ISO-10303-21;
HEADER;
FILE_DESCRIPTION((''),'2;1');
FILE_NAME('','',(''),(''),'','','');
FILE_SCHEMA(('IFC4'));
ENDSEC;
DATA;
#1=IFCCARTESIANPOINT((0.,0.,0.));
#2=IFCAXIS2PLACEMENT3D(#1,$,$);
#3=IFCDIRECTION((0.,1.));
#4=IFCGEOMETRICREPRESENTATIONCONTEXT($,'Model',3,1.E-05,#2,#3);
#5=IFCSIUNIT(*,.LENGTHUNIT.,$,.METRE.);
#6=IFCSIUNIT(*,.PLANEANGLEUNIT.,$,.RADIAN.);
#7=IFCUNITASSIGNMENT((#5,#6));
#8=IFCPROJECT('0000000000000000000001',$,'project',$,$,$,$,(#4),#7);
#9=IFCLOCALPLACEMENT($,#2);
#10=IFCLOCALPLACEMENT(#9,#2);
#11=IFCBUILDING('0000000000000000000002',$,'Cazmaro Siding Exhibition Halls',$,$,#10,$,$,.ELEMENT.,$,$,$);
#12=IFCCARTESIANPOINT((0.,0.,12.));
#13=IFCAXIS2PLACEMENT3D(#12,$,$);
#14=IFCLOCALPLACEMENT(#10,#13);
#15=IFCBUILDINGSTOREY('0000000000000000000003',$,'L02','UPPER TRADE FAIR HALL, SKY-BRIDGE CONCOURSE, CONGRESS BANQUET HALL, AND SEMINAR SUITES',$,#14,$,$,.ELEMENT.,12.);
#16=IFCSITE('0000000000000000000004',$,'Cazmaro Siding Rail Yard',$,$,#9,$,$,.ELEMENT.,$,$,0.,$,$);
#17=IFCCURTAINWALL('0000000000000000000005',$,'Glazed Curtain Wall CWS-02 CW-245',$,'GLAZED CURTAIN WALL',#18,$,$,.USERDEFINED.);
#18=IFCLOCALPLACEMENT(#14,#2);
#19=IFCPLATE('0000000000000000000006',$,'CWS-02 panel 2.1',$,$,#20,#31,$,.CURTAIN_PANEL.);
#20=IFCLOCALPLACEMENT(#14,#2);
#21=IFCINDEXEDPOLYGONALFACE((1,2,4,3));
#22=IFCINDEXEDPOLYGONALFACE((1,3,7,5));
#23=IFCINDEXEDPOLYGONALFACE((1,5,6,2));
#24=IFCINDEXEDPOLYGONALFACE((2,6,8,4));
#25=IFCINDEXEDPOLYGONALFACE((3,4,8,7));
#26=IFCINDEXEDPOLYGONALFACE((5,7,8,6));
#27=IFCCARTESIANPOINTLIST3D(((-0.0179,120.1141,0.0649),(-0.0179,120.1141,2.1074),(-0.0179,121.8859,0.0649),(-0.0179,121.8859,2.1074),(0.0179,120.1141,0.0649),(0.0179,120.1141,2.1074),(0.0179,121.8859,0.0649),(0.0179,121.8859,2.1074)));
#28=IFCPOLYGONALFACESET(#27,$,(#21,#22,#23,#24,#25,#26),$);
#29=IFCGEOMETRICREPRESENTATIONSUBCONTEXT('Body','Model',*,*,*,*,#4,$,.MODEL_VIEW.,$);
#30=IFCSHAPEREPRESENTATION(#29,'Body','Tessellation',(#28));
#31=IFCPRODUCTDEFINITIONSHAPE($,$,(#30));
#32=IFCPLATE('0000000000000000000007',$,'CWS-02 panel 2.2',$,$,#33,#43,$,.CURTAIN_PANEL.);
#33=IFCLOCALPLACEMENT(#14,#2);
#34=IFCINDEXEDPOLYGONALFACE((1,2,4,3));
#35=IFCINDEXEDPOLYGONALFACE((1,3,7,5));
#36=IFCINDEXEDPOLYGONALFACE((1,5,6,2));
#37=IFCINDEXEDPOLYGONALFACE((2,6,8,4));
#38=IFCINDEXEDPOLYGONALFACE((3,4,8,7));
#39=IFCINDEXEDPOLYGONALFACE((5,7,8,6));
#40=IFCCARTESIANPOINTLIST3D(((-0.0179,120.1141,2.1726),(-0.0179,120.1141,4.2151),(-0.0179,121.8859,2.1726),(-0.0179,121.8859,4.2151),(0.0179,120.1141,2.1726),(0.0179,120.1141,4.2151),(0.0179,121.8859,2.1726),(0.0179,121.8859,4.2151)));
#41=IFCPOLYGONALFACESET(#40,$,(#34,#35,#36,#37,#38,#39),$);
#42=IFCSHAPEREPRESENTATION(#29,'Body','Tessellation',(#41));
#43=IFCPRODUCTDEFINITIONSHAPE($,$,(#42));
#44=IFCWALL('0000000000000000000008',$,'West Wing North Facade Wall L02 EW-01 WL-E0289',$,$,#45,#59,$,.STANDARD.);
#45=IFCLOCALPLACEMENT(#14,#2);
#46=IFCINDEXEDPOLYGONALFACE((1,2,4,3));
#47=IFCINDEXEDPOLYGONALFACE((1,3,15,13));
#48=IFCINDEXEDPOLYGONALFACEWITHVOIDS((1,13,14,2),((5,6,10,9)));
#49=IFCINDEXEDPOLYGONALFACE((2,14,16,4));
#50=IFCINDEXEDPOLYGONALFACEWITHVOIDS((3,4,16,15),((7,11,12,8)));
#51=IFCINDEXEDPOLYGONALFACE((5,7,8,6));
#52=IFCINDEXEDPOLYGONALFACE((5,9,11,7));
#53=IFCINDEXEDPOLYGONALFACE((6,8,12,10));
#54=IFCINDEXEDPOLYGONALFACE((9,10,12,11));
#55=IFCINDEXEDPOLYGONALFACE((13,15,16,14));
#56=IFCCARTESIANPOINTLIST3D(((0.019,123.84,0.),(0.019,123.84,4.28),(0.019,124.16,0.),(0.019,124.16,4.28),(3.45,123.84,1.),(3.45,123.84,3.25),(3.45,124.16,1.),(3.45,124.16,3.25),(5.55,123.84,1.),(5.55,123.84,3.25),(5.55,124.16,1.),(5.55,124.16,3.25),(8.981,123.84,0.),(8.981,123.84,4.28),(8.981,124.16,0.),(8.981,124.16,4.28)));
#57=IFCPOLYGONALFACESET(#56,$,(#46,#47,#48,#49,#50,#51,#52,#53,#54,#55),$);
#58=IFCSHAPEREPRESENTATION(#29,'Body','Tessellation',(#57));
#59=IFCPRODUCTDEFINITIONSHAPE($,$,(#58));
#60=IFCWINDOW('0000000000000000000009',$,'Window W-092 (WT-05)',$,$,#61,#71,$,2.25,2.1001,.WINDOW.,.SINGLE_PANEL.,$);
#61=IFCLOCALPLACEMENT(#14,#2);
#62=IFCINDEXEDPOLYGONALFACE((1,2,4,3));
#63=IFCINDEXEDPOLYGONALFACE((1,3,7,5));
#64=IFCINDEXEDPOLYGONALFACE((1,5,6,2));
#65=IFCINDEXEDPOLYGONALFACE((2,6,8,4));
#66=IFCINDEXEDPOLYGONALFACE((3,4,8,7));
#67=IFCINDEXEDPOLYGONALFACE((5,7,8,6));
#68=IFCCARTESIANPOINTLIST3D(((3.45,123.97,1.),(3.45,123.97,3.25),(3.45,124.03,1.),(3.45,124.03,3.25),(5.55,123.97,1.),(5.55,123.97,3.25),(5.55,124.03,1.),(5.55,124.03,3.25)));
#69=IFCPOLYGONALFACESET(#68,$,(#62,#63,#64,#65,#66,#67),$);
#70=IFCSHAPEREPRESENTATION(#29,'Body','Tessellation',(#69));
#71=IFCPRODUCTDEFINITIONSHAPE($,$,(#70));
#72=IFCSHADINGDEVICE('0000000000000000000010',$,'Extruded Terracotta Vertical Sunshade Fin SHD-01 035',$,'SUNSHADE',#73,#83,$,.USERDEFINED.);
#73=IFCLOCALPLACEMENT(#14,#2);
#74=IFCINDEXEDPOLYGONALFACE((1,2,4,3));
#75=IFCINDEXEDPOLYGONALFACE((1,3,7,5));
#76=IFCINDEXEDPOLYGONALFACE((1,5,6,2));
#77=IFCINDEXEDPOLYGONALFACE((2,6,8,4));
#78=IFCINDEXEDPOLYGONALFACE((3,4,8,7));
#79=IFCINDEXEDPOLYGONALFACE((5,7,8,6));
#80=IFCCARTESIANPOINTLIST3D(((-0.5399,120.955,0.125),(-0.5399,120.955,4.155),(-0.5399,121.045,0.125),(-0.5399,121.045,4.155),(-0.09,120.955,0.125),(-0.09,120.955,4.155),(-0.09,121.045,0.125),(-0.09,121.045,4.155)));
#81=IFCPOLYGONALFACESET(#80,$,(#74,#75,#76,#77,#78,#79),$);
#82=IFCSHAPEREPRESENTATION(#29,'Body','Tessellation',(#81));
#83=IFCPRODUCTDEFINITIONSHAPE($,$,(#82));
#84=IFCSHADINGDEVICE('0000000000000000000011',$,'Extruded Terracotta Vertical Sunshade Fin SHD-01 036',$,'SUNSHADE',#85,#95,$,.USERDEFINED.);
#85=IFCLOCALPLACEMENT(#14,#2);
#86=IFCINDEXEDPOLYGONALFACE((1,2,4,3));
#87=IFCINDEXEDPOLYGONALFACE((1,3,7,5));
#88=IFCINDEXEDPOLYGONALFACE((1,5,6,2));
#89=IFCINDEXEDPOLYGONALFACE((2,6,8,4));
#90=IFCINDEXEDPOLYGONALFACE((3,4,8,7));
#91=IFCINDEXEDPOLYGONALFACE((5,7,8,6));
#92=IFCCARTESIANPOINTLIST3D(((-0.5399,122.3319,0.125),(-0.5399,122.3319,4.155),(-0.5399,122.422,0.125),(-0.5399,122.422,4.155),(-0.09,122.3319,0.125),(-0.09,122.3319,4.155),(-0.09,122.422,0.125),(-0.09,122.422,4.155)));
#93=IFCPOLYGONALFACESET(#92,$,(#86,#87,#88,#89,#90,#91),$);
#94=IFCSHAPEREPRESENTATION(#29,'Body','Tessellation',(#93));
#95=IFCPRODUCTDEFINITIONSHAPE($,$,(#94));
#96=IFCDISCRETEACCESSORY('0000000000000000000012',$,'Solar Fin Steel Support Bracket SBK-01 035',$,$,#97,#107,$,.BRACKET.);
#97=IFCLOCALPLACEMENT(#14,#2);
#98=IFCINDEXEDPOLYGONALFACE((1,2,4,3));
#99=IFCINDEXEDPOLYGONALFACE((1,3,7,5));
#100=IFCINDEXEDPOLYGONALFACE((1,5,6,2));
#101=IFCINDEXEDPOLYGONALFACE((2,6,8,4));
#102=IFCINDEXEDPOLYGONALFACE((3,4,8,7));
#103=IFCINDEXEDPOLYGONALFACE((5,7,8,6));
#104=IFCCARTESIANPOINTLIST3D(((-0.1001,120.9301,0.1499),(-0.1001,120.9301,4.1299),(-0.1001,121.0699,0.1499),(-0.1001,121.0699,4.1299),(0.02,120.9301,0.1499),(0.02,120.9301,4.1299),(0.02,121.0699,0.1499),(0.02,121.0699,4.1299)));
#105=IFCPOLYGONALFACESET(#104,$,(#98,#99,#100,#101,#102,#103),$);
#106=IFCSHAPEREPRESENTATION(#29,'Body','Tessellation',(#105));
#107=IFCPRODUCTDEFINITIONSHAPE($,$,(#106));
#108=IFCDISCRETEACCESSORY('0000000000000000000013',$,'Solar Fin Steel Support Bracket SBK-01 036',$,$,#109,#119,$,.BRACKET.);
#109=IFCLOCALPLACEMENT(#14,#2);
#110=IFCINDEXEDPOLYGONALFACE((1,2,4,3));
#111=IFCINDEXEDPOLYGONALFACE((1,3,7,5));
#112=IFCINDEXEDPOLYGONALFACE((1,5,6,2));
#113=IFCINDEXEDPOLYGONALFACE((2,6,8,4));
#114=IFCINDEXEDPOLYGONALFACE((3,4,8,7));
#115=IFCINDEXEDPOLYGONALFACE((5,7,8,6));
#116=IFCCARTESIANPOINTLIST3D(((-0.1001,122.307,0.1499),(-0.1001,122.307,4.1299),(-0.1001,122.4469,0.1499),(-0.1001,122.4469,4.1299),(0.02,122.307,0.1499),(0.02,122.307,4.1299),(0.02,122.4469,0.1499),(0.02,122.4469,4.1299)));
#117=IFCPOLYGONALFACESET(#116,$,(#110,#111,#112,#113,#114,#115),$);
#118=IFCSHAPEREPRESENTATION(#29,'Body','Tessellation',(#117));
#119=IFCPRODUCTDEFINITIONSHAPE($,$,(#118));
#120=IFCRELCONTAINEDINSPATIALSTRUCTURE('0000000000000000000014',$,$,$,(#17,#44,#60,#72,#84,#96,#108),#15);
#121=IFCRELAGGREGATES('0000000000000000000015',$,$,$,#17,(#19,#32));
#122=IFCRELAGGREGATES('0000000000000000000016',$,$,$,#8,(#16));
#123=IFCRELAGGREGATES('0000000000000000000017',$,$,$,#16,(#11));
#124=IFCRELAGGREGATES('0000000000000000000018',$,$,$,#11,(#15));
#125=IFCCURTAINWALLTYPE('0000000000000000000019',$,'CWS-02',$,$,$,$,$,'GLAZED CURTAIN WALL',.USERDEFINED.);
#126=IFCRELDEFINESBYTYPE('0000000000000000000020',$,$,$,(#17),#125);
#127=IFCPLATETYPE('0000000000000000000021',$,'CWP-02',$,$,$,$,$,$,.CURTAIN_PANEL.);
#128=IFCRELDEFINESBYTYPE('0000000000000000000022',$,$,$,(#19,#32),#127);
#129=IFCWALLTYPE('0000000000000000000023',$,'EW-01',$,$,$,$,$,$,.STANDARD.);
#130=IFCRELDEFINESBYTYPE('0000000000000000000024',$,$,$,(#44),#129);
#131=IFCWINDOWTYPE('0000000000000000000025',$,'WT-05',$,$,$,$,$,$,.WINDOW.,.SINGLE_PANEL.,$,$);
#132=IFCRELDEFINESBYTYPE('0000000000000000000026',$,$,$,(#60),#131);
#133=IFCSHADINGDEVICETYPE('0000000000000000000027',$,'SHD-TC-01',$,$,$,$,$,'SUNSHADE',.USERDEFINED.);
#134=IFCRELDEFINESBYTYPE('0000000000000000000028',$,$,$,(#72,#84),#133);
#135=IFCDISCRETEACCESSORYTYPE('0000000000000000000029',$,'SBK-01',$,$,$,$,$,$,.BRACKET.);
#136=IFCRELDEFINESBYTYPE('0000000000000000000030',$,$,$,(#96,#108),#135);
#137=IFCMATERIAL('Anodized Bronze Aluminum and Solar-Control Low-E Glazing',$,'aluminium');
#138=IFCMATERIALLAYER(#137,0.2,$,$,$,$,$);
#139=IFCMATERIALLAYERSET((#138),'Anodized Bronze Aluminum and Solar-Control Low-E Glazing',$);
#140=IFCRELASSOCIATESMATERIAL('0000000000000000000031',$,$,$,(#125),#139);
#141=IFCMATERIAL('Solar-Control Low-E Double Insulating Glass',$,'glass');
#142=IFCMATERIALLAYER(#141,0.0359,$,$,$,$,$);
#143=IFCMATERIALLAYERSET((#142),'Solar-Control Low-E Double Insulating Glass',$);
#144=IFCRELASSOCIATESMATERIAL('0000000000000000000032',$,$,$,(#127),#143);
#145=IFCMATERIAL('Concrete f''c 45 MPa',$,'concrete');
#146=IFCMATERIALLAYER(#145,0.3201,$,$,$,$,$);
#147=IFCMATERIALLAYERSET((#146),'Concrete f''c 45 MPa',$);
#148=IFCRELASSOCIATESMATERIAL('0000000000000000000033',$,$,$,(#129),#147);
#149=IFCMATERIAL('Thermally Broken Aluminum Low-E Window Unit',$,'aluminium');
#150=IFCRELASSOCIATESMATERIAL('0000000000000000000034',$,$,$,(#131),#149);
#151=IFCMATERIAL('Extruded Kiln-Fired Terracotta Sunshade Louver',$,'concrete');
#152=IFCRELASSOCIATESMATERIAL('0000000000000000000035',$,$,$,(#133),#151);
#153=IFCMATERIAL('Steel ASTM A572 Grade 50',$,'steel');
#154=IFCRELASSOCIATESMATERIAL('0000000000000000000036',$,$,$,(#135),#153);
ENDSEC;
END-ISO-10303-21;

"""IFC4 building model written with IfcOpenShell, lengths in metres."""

from ifc_helpers import new_model, si_unit, direction, frame, frame_2d, origin, origin_2d, place, context, subcontext, project, spatial, rectangle, extrude, material, layer, layer_set, type_object, element, fill, aggregate, save


model = new_model("IFC4")

# Units and contexts
model_context = context("Model", 3, precision=1e-05, world=origin(), true_north=direction((0.0, 1.0)))
body_context = subcontext(model_context, "Body", "Model", "MODEL_VIEW")
ifc_project = project(units=[si_unit("LENGTHUNIT", "METRE"), si_unit("PLANEANGLEUNIT", "RADIAN")], contexts=[model_context])

# Site, building, storey
site_placement = place(None, origin())
site = spatial("IfcSite", under=ifc_project, at=site_placement, Name="Cazmaro Siding Rail Yard", CompositionType="ELEMENT", RefElevation=0.0)
building_placement = place(site_placement, origin())
building = spatial("IfcBuilding", under=site, at=building_placement, Name="Cazmaro Siding Exhibition Halls", CompositionType="ELEMENT")
storey_placement = place(building_placement, frame((0.0, 0.0, 12.0)))
storey = spatial("IfcBuildingStorey", under=building, at=storey_placement, Name="L02", Description="UPPER TRADE FAIR HALL, SKY-BRIDGE CONCOURSE, CONGRESS BANQUET HALL, AND SEMINAR SUITES", CompositionType="ELEMENT", Elevation=12.0)

# Curtain wall
ifc_material_1 = material(Name="Anodized Bronze Aluminum and Solar-Control Low-E Glazing", Category="aluminium")
ifc_layer_1 = layer(ifc_material_1, 0.2)
ifc_layer_set_1 = layer_set([ifc_layer_1], Name="Anodized Bronze Aluminum and Solar-Control Low-E Glazing")
curtain_wall_type = type_object("IfcCurtainWallType", Name="CWS-02", ElementType="GLAZED CURTAIN WALL", PredefinedType="USERDEFINED", material=ifc_layer_set_1)
curtain_wall_placement = place(storey_placement, origin())
curtain_wall = element("IfcCurtainWall", 1, at=curtain_wall_placement, inside=storey, type_object=curtain_wall_type, Name="Glazed Curtain Wall CWS-02 CW-245", ObjectType="GLAZED CURTAIN WALL", PredefinedType="USERDEFINED")

# Plates
ifc_material_2 = material(Name="Solar-Control Low-E Double Insulating Glass", Category="glass")
ifc_layer_2 = layer(ifc_material_2, 0.0359)
ifc_layer_set_2 = layer_set([ifc_layer_2], Name="Solar-Control Low-E Double Insulating Glass")
plate_type = type_object("IfcPlateType", Name="CWP-02", PredefinedType="CURTAIN_PANEL", material=ifc_layer_set_2)
plate_1_placement = place(storey_placement, frame((0.0, 121.0, 0.0649), z_axis=(0.0, 0.0, 1.0), x_axis=(0.0, -1.0, 0.0)))
plate_1 = element("IfcPlate", 2, at=plate_1_placement, type_object=plate_type, Name="CWS-02 panel 2.1", PredefinedType="CURTAIN_PANEL", context=body_context, shape_type="SweptSolid", body=[
    extrude(rectangle(XDim=1.7717, YDim=0.0359, at=origin_2d()), origin(), (0.0, 0.0, 1.0), 2.0425),
])
plate_2_placement = place(storey_placement, frame((0.0, 121.0, 2.1726), z_axis=(0.0, 0.0, 1.0), x_axis=(0.0, -1.0, 0.0)))
plate_2 = element("IfcPlate", 3, at=plate_2_placement, type_object=plate_type, Name="CWS-02 panel 2.2", PredefinedType="CURTAIN_PANEL", context=body_context, shape_type="SweptSolid", body=[
    extrude(rectangle(XDim=1.7717, YDim=0.0359, at=origin_2d()), origin(), (0.0, 0.0, 1.0), 2.0425),
])
aggregate(curtain_wall, [plate_1, plate_2])

# Wall, opening, window
ifc_material_3 = material(Name="Concrete f'c 45 MPa", Category="concrete")
ifc_layer_3 = layer(ifc_material_3, 0.3201)
ifc_layer_set_3 = layer_set([ifc_layer_3], Name="Concrete f'c 45 MPa")
wall_type = type_object("IfcWallType", Name="EW-01", PredefinedType="STANDARD", material=ifc_layer_set_3)
wall_placement = place(storey_placement, frame((0.019, 124.0, 0.0), z_axis=(0.0, 0.0, 1.0), x_axis=(1.0, 0.0, 0.0)))
wall = element("IfcWall", 4, at=wall_placement, inside=storey, type_object=wall_type, Name="West Wing North Facade Wall L02 EW-01 WL-E0289", PredefinedType="STANDARD", context=body_context, shape_type="SweptSolid", body=[
    extrude(rectangle(XDim=8.9619, YDim=0.3201, at=frame_2d((4.481, 0.0))), origin(), (0.0, 0.0, 1.0), 4.28),
])
opening_placement = place(wall_placement, frame((3.4309, 0.0, 1.0)))
opening = element("IfcOpeningElement", 5, at=opening_placement, cuts=wall, PredefinedType="OPENING", context=body_context, shape_type="SweptSolid", body=[
    extrude(rectangle(XDim=2.1001, YDim=2.25, at=frame_2d((1.05, 1.125))), frame((0.0, 0.1699, 0.0), z_axis=(0.0, -1.0, 0.0), x_axis=(1.0, 0.0, 0.0)), (0.0, 0.0, 1.0), 0.3401),
])
ifc_material_4 = material(Name="Thermally Broken Aluminum Low-E Window Unit", Category="aluminium")
window_type = type_object("IfcWindowType", Name="WT-05", PartitioningType="SINGLE_PANEL", PredefinedType="WINDOW", material=ifc_material_4)
window_placement = place(opening_placement, origin())
window = element("IfcWindow", 6, at=window_placement, inside=storey, type_object=window_type, Name="Window W-092 (WT-05)", OverallHeight=2.25, OverallWidth=2.1001, PartitioningType="SINGLE_PANEL", PredefinedType="WINDOW", context=body_context, shape_type="SweptSolid", body=[
    extrude(rectangle(XDim=2.1001, YDim=2.25, at=frame_2d((1.05, 1.125))), frame((0.0, 0.03, 0.0), z_axis=(0.0, -1.0, 0.0), x_axis=(1.0, 0.0, 0.0)), (0.0, 0.0, 1.0), 0.0601),
])
fill(opening, window)

# Shading devices
ifc_material_5 = material(Name="Extruded Kiln-Fired Terracotta Sunshade Louver", Category="concrete")
shading_device_type = type_object("IfcShadingDeviceType", Name="SHD-TC-01", ElementType="SUNSHADE", PredefinedType="USERDEFINED", material=ifc_material_5)
for number, where, z_axis, x_axis, name in (
    (7, (-0.3149, 121.0, 0.125), (0.0, 0.0, 1.0), (1.0, 0.0, 0.0), "Extruded Terracotta Vertical Sunshade Fin SHD-01 035"),
    (8, (-0.3149, 122.377, 0.125), (0.0, 0.0, 1.0), (1.0, 0.0, 0.0), "Extruded Terracotta Vertical Sunshade Fin SHD-01 036"),
):
    element("IfcShadingDevice", number, at=place(storey_placement, frame(where, z_axis=z_axis, x_axis=x_axis)), inside=storey, type_object=shading_device_type, Name=name, ObjectType="SUNSHADE", PredefinedType="USERDEFINED", context=body_context, shape_type="SweptSolid", body=[
        extrude(rectangle(XDim=0.45, YDim=0.0901, at=origin_2d()), origin(), (0.0, 0.0, 1.0), 4.03),
    ])

# Discrete accessories
ifc_material_6 = material(Name="Steel ASTM A572 Grade 50", Category="steel")
discrete_accessory_type = type_object("IfcDiscreteAccessoryType", Name="SBK-01", PredefinedType="BRACKET", material=ifc_material_6)
for number, where, z_axis, x_axis, name in (
    (9, (-0.04, 121.0, 0.1499), (0.0, 0.0, 1.0), (1.0, 0.0, 0.0), "Solar Fin Steel Support Bracket SBK-01 035"),
    (10, (-0.04, 122.377, 0.1499), (0.0, 0.0, 1.0), (1.0, 0.0, 0.0), "Solar Fin Steel Support Bracket SBK-01 036"),
):
    element("IfcDiscreteAccessory", number, at=place(storey_placement, frame(where, z_axis=z_axis, x_axis=x_axis)), inside=storey, type_object=discrete_accessory_type, Name=name, PredefinedType="BRACKET", context=body_context, shape_type="SweptSolid", body=[
        extrude(rectangle(XDim=0.1201, YDim=0.1399, at=origin_2d()), origin(), (0.0, 0.0, 1.0), 3.98),
    ])

save(model, "model.ifc")
